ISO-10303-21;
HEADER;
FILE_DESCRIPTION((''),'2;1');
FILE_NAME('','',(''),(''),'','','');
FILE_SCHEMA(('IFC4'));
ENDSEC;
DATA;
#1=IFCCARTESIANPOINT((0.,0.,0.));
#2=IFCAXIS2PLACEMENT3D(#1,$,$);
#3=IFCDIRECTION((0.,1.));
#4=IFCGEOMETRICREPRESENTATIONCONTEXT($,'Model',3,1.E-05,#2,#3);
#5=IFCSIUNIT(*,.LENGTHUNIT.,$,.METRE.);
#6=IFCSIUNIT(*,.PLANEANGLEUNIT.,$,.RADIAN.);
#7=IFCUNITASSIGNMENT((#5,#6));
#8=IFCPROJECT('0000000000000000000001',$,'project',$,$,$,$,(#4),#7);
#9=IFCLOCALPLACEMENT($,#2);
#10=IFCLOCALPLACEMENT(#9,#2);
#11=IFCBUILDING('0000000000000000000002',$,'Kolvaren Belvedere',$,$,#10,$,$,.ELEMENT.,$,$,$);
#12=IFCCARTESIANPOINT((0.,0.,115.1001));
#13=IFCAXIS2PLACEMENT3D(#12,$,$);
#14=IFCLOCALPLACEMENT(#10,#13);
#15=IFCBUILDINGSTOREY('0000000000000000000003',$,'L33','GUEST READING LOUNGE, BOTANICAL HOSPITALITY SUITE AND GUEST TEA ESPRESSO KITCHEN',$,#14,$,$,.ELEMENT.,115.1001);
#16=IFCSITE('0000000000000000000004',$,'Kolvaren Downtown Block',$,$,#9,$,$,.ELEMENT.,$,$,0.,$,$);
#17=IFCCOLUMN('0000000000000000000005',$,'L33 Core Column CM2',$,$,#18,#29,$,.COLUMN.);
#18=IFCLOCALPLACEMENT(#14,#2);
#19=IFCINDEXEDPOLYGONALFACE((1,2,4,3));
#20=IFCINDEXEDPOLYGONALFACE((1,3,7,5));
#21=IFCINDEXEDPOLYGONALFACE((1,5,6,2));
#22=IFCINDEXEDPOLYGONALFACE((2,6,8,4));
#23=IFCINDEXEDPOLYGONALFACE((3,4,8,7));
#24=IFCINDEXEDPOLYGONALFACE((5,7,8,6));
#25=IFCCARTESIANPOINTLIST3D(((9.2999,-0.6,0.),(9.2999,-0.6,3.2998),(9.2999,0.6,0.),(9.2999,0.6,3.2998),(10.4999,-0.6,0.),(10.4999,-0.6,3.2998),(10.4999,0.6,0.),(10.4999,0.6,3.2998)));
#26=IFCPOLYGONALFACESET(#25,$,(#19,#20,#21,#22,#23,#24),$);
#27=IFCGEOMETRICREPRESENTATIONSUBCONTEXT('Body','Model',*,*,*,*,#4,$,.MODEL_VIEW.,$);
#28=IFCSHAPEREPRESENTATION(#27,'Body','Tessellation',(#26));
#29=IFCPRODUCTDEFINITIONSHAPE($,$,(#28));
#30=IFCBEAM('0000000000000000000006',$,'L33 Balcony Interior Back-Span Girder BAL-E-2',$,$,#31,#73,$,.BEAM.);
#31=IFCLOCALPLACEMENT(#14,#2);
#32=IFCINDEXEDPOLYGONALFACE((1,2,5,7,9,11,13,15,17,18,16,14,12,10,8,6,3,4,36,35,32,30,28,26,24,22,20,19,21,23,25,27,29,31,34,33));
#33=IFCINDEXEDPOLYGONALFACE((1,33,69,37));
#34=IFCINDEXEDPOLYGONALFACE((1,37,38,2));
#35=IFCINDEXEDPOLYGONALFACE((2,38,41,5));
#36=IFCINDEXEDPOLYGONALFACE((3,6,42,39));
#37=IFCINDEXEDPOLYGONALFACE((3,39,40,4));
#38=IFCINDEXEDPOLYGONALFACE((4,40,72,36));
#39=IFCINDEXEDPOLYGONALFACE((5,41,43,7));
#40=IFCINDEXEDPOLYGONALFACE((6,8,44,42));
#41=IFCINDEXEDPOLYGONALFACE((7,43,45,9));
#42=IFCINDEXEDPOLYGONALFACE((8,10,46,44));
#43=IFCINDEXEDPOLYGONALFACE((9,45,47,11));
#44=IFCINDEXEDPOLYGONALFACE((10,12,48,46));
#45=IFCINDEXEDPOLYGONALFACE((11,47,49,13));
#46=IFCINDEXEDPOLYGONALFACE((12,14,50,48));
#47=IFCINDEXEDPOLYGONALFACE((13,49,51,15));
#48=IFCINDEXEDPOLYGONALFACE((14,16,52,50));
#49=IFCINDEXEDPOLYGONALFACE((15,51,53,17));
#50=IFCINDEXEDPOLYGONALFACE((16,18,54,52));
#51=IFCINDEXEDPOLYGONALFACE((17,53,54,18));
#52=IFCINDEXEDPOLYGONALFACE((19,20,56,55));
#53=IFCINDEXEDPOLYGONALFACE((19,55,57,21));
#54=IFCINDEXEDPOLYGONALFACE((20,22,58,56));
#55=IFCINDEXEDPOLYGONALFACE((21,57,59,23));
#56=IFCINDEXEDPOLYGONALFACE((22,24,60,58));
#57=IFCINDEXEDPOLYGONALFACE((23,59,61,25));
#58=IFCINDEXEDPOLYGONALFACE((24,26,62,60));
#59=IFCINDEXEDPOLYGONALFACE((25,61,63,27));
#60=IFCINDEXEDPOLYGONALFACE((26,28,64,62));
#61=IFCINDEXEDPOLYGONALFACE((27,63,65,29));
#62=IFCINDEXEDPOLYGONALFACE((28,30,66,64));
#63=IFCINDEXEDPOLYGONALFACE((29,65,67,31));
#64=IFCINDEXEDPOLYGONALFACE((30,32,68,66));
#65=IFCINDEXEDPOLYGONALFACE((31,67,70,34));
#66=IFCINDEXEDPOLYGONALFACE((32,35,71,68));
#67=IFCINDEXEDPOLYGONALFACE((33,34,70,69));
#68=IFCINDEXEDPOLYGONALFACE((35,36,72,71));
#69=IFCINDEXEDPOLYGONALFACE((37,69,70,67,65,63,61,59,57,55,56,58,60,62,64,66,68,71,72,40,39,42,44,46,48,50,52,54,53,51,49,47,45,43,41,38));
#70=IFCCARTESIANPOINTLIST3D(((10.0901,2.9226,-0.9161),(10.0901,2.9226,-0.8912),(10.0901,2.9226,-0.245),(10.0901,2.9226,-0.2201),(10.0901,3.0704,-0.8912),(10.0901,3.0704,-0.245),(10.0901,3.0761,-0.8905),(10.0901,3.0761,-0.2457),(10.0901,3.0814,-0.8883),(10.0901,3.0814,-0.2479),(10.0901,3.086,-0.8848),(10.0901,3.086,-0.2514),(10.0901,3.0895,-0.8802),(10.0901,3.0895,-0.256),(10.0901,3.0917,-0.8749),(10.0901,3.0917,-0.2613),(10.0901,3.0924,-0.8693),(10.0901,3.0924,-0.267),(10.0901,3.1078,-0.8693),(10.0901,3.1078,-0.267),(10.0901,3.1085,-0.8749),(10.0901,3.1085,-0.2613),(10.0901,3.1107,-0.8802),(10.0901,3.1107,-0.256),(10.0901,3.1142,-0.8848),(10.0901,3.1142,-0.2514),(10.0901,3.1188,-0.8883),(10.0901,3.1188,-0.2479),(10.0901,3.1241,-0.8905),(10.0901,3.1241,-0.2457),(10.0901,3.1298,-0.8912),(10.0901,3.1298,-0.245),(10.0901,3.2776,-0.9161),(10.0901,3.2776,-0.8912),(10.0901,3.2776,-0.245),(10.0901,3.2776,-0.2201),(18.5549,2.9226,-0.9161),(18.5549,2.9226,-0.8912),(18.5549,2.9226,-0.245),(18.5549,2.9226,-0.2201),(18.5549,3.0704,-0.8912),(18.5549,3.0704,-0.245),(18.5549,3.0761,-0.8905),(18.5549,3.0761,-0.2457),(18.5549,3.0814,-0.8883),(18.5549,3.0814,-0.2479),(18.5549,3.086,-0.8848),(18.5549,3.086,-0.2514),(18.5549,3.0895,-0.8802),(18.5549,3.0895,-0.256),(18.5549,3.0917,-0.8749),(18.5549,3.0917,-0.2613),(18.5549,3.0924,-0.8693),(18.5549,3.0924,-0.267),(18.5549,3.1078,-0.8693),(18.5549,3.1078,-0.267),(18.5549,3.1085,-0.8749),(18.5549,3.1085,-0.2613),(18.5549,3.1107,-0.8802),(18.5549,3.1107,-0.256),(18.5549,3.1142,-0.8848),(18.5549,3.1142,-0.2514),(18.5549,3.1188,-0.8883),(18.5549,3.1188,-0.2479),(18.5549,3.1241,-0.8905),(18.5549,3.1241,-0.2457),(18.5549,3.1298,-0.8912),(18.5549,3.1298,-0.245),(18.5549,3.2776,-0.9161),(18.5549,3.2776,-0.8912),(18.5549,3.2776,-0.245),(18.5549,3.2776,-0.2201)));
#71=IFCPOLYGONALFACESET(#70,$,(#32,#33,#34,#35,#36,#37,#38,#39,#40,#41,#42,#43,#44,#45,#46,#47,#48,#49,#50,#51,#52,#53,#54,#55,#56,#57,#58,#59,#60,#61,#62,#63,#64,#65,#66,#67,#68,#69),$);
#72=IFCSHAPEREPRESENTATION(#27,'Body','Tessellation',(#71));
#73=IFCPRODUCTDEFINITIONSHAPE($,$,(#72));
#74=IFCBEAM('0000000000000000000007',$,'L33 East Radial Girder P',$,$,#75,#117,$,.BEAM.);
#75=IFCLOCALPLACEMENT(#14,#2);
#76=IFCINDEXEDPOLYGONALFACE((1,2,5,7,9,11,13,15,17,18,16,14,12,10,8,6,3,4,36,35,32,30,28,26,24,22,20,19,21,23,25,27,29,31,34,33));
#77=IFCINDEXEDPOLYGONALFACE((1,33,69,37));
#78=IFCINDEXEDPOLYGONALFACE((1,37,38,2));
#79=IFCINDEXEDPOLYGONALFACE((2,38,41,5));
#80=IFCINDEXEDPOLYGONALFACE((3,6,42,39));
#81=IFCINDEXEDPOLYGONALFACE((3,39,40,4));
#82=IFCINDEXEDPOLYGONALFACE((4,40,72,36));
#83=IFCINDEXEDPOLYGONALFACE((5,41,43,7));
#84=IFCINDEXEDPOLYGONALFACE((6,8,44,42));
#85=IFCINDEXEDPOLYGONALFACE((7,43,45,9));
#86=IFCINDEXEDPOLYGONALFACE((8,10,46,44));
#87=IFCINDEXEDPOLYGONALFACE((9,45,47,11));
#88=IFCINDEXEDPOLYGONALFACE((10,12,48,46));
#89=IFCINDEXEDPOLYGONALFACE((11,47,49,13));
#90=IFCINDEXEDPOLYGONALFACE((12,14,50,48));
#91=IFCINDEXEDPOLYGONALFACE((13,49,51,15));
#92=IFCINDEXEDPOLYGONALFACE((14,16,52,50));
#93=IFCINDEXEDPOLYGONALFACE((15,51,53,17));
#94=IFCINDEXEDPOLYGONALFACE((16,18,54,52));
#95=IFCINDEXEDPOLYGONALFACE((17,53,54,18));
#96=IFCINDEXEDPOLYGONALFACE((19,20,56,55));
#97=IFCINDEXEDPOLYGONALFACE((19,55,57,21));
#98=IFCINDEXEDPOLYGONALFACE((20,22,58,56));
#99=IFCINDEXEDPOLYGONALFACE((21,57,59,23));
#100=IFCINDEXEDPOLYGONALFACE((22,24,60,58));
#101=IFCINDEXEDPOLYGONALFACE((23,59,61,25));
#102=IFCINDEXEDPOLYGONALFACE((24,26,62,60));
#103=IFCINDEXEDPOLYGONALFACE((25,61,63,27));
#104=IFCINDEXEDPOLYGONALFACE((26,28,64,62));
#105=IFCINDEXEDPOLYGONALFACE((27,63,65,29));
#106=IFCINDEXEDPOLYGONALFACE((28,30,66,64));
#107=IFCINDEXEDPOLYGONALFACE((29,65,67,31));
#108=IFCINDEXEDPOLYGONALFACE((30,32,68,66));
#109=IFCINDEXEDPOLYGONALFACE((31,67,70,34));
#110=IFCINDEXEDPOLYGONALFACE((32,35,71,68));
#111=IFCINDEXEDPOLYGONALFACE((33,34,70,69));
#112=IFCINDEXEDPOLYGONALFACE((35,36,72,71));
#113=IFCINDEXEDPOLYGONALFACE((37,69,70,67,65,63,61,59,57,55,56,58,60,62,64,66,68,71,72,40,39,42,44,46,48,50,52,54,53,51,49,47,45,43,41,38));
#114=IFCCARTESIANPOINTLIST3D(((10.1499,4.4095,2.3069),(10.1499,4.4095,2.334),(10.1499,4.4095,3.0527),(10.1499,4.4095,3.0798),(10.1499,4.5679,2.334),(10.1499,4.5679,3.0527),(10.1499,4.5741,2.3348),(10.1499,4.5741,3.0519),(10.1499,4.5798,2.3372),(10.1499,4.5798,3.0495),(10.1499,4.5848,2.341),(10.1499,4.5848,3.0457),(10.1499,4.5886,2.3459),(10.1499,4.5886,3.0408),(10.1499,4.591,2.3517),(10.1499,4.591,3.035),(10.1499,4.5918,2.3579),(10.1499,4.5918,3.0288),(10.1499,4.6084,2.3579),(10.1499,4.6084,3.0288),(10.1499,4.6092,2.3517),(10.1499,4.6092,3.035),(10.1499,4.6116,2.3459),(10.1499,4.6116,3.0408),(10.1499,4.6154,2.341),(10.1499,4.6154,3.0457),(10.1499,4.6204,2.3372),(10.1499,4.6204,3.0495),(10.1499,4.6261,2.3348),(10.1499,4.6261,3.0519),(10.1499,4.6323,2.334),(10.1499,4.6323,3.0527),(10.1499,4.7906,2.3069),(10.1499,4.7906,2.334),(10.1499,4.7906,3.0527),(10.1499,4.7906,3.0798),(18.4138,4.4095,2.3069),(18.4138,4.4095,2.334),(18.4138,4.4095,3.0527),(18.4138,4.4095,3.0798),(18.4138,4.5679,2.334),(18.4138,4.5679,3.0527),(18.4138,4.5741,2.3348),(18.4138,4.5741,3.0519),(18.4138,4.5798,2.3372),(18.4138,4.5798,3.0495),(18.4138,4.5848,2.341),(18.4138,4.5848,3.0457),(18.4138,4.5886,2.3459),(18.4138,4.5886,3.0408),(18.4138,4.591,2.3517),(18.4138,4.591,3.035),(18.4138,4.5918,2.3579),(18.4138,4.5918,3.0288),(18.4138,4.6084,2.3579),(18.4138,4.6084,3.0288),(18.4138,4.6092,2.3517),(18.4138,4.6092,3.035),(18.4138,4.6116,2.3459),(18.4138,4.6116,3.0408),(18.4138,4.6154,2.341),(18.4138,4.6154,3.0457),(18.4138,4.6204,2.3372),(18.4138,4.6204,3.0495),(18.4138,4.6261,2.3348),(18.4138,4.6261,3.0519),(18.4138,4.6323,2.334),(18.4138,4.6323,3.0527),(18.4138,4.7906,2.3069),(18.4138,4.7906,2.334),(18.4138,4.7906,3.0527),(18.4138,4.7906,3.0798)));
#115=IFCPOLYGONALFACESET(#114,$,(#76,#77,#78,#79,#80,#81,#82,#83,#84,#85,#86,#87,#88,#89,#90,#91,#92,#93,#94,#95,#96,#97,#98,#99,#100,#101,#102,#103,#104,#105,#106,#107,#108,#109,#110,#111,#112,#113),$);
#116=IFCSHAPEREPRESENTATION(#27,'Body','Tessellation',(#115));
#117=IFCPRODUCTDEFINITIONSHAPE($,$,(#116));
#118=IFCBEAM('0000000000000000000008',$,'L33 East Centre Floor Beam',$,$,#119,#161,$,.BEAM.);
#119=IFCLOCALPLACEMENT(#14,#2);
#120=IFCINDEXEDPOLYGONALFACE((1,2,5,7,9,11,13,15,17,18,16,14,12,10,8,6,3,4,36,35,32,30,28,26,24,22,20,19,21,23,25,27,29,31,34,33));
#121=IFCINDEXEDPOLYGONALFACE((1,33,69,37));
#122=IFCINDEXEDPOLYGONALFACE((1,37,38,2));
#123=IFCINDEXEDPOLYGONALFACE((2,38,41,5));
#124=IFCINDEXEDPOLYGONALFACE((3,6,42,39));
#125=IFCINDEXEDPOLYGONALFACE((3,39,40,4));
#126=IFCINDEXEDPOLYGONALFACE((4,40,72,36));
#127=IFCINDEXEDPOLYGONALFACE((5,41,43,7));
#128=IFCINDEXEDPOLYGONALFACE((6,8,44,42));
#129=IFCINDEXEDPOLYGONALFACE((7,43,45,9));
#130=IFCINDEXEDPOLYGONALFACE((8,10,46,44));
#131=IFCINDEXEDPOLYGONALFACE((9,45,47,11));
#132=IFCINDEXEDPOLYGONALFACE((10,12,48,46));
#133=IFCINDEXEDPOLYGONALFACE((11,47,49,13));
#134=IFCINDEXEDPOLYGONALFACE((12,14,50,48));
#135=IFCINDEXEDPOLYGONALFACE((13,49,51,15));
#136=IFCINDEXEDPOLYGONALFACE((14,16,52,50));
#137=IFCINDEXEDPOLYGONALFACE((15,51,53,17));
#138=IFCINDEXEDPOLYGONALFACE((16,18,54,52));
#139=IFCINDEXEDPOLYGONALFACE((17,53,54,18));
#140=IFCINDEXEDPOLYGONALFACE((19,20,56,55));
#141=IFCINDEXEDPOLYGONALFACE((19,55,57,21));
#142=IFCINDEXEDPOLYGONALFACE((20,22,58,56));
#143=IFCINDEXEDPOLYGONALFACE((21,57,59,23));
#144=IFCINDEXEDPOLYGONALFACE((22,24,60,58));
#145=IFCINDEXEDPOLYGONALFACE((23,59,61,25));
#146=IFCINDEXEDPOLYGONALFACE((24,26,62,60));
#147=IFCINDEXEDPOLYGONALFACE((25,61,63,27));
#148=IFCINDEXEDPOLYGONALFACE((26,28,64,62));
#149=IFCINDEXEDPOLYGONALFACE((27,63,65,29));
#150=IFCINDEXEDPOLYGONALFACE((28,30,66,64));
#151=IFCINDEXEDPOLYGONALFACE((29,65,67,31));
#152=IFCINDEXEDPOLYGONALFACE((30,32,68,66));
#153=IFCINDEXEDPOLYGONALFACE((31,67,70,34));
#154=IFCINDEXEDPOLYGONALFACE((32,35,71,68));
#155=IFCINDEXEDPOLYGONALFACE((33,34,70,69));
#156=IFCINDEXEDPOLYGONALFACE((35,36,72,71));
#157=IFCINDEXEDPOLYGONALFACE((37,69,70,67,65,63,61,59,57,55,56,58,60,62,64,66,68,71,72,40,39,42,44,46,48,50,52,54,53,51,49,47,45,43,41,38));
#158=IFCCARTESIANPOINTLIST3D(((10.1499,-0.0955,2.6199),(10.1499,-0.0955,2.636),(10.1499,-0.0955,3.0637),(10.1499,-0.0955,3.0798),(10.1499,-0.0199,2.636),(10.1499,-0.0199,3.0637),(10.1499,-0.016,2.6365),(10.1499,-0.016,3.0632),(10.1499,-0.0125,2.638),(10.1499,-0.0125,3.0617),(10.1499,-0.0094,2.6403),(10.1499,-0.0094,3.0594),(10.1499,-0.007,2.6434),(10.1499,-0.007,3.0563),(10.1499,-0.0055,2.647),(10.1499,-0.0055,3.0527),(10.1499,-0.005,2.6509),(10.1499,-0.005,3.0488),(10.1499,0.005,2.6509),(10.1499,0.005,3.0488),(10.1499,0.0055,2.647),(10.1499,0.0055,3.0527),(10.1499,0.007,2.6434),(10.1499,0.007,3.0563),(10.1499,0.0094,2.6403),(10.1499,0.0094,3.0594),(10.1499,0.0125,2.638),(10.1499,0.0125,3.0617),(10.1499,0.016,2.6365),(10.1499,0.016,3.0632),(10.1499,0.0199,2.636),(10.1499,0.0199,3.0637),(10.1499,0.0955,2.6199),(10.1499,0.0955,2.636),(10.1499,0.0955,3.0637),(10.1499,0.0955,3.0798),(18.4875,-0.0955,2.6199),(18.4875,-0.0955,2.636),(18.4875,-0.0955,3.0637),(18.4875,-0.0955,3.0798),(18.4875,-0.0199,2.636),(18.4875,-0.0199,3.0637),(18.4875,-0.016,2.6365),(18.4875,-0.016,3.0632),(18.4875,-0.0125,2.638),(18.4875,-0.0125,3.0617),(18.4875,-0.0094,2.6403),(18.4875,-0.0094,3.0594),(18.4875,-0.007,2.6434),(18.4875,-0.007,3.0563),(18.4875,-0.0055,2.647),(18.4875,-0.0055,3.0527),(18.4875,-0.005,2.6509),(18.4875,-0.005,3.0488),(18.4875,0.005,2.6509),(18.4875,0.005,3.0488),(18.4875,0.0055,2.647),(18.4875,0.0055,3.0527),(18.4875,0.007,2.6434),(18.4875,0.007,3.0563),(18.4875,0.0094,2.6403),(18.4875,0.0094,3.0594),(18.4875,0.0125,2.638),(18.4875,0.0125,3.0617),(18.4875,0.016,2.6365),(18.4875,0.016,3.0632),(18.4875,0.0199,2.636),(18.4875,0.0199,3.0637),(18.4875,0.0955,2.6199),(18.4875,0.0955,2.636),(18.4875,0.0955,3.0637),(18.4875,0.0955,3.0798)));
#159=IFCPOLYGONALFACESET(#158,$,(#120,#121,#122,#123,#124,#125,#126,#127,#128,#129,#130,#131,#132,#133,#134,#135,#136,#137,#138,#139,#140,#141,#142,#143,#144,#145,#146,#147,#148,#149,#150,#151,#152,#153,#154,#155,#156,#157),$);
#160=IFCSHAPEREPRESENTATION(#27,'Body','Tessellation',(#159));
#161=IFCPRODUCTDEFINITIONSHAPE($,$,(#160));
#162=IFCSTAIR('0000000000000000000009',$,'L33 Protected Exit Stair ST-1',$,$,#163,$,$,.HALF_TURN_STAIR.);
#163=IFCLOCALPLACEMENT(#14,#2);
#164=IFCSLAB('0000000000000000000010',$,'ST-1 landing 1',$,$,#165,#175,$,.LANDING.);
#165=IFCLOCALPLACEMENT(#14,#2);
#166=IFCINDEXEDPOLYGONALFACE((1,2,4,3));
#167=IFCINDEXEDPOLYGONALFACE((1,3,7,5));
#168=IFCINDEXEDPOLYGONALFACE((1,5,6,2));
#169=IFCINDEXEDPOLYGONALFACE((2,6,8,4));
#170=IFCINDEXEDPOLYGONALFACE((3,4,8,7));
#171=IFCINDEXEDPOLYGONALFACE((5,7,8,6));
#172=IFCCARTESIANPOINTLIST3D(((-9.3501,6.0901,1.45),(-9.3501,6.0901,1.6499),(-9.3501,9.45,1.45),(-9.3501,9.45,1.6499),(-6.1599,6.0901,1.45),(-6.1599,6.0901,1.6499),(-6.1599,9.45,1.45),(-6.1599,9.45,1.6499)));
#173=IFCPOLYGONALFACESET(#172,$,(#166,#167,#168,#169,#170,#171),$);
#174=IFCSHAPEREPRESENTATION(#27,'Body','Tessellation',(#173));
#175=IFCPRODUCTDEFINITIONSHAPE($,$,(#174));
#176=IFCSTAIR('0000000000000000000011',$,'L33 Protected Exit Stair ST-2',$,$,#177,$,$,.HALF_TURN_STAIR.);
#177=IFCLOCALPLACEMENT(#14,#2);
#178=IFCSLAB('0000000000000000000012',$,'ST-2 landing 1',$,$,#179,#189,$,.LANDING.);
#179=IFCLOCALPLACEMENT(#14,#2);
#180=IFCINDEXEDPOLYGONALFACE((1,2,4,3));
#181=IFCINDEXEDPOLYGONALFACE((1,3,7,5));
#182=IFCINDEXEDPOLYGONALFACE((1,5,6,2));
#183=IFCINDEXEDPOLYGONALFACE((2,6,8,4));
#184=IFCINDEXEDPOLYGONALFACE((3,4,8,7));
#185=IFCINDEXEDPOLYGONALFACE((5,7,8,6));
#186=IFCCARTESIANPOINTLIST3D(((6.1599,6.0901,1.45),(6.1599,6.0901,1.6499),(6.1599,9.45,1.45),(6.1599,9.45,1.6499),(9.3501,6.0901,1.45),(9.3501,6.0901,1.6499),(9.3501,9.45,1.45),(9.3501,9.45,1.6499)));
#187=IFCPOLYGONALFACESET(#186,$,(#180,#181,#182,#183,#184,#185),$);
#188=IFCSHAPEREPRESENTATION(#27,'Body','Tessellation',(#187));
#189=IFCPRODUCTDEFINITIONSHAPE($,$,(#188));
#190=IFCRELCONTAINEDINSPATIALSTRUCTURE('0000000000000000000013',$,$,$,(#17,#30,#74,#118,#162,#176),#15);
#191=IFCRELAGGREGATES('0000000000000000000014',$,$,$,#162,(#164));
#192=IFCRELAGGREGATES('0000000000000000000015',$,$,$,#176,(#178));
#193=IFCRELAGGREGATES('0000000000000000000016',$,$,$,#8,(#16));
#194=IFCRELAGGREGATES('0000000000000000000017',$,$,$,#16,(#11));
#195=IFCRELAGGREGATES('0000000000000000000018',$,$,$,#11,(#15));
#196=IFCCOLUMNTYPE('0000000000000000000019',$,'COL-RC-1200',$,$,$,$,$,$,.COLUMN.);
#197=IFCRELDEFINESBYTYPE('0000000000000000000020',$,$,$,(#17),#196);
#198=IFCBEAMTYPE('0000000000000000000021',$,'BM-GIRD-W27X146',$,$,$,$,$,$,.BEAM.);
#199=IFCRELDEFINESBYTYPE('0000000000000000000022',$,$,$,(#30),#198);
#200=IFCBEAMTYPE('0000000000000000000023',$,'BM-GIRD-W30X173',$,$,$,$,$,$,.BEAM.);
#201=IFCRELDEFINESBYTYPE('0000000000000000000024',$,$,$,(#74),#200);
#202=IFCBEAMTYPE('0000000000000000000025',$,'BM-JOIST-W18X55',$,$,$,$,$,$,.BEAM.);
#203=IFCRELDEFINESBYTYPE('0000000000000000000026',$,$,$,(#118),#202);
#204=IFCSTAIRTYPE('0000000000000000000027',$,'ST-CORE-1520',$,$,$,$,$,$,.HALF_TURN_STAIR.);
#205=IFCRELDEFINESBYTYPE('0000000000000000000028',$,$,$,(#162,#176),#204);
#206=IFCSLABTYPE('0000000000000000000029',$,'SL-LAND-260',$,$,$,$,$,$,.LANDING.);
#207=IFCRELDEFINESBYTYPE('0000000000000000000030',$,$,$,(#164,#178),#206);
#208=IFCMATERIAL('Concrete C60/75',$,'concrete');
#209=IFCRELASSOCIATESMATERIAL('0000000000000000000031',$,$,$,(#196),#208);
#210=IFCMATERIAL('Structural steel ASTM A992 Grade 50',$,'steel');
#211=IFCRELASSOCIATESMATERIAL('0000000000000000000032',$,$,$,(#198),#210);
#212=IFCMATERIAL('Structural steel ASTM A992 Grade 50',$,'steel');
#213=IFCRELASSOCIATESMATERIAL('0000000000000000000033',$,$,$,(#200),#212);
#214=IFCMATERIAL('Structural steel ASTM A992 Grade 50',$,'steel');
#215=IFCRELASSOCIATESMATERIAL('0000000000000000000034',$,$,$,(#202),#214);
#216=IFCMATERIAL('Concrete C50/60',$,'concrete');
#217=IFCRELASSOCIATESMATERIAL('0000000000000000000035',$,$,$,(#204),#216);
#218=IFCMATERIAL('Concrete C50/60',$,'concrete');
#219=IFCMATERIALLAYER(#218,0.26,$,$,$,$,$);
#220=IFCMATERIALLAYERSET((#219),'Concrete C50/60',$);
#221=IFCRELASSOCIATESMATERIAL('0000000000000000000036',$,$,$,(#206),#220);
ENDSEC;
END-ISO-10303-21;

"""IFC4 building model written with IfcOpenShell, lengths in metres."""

from ifc_helpers import new_model, si_unit, direction, frame, origin, origin_2d, place, context, subcontext, project, spatial, polyline, rectangle, i_section, outline, extrude, material, layer, layer_set, material_profile, profile_set, type_object, element, aggregate, save


model = new_model("IFC4")

# Units and contexts
model_context = context("Model", 3, precision=1e-05, world=origin(), true_north=direction((0.0, 1.0)))
body_context = subcontext(model_context, "Body", "Model", "MODEL_VIEW")
ifc_project = project(units=[si_unit("LENGTHUNIT", "METRE"), si_unit("PLANEANGLEUNIT", "RADIAN")], contexts=[model_context])

# Site, building, storey
site_placement = place(None, origin())
site = spatial("IfcSite", under=ifc_project, at=site_placement, Name="Kolvaren Downtown Block", CompositionType="ELEMENT", RefElevation=0.0)
building_placement = place(site_placement, origin())
building = spatial("IfcBuilding", under=site, at=building_placement, Name="Kolvaren Belvedere", CompositionType="ELEMENT")
storey_placement = place(building_placement, frame((0.0, 0.0, 115.1001)))
storey = spatial("IfcBuildingStorey", under=building, at=storey_placement, Name="L33", Description="GUEST READING LOUNGE, BOTANICAL HOSPITALITY SUITE AND GUEST TEA ESPRESSO KITCHEN", CompositionType="ELEMENT", Elevation=115.1001)

# Column
ifc_material_1 = material(Name="Concrete C60/75", Category="concrete")
ifc_material_profile_1 = material_profile(ifc_material_1, rectangle(XDim=1.2, YDim=1.2, at=origin_2d()), Name="RC 1200X1200")
ifc_profile_set_1 = profile_set([ifc_material_profile_1], Name="Concrete C60/75")
column_type = type_object("IfcColumnType", Name="COL-RC-1200", PredefinedType="COLUMN", material=ifc_profile_set_1)
column_placement = place(storey_placement, frame((9.8999, 0.0, 0.0), z_axis=(0.0, 0.0, 1.0), x_axis=(1.0, 0.0, 0.0)))
element("IfcColumn", 1, at=column_placement, inside=storey, type_object=column_type, Name="L33 Core Column CM2", PredefinedType="COLUMN", context=body_context, shape_type="SweptSolid", body=[
    extrude(rectangle(XDim=1.2, YDim=1.2, at=origin_2d()), origin(), (0.0, 0.0, 1.0), 3.2998),
])

# Beams
ifc_material_2 = material(Name="Structural steel ASTM A992 Grade 50", Category="steel")
ifc_material_profile_2 = material_profile(ifc_material_2, i_section(OverallWidth=0.355, OverallDepth=0.696, WebThickness=0.0154, FlangeThickness=0.0249, FilletRadius=0.022, at=origin_2d()), Name="W27X146")
ifc_profile_set_2 = profile_set([ifc_material_profile_2], Name="Structural steel ASTM A992 Grade 50")
beam_type_1 = type_object("IfcBeamType", Name="BM-GIRD-W27X146", PredefinedType="BEAM", material=ifc_profile_set_2)
beam_1_placement = place(storey_placement, frame((10.0901, 3.1001, -0.5681), z_axis=(1.0, 0.0, 0.0), x_axis=(0.0, 1.0, 0.0)))
element("IfcBeam", 2, at=beam_1_placement, inside=storey, type_object=beam_type_1, Name="L33 Balcony Interior Back-Span Girder BAL-E-2", PredefinedType="BEAM", context=body_context, shape_type="SweptSolid", body=[
    extrude(i_section(OverallWidth=0.355, OverallDepth=0.696, WebThickness=0.0154, FlangeThickness=0.0249, FilletRadius=0.022, at=origin_2d()), origin(), (0.0, 0.0, 1.0), 8.4648),
])
ifc_material_3 = material(Name="Structural steel ASTM A992 Grade 50", Category="steel")
ifc_material_profile_3 = material_profile(ifc_material_3, i_section(OverallWidth=0.3811, OverallDepth=0.7729, WebThickness=0.0166, FlangeThickness=0.0271, FilletRadius=0.0239, at=origin_2d()), Name="W30X173")
ifc_profile_set_3 = profile_set([ifc_material_profile_3], Name="Structural steel ASTM A992 Grade 50")
beam_type_2 = type_object("IfcBeamType", Name="BM-GIRD-W30X173", PredefinedType="BEAM", material=ifc_profile_set_3)
beam_2_placement = place(storey_placement, frame((10.1499, 4.6001, 2.6934), z_axis=(1.0, 0.0, 0.0), x_axis=(0.0, 1.0, 0.0)))
element("IfcBeam", 3, at=beam_2_placement, inside=storey, type_object=beam_type_2, Name="L33 East Radial Girder P", PredefinedType="BEAM", context=body_context, shape_type="SweptSolid", body=[
    extrude(i_section(OverallWidth=0.3811, OverallDepth=0.7729, WebThickness=0.0166, FlangeThickness=0.0271, FilletRadius=0.0239, at=origin_2d()), origin(), (0.0, 0.0, 1.0), 8.2639),
])
ifc_material_4 = material(Name="Structural steel ASTM A992 Grade 50", Category="steel")
ifc_material_profile_4 = material_profile(ifc_material_4, i_section(OverallWidth=0.1909, OverallDepth=0.46, WebThickness=0.01, FlangeThickness=0.0161, FilletRadius=0.0149, at=origin_2d()), Name="W18X55")
ifc_profile_set_4 = profile_set([ifc_material_profile_4], Name="Structural steel ASTM A992 Grade 50")
beam_type_3 = type_object("IfcBeamType", Name="BM-JOIST-W18X55", PredefinedType="BEAM", material=ifc_profile_set_4)
beam_3_placement = place(storey_placement, frame((10.1499, 0.0, 2.8499), z_axis=(1.0, 0.0, 0.0), x_axis=(0.0, 1.0, 0.0)))
element("IfcBeam", 4, at=beam_3_placement, inside=storey, type_object=beam_type_3, Name="L33 East Centre Floor Beam", PredefinedType="BEAM", context=body_context, shape_type="SweptSolid", body=[
    extrude(i_section(OverallWidth=0.1909, OverallDepth=0.46, WebThickness=0.01, FlangeThickness=0.0161, FilletRadius=0.0149, at=origin_2d()), origin(), (0.0, 0.0, 1.0), 8.3376),
])

# Stairs, slabs
ifc_material_5 = material(Name="Concrete C50/60", Category="concrete")
stair_type = type_object("IfcStairType", Name="ST-CORE-1520", PredefinedType="HALF_TURN_STAIR", material=ifc_material_5)
stair_1_placement = place(storey_placement, origin())
stair_1 = element("IfcStair", 5, at=stair_1_placement, inside=storey, type_object=stair_type, Name="L33 Protected Exit Stair ST-1", PredefinedType="HALF_TURN_STAIR")
ifc_material_6 = material(Name="Concrete C50/60", Category="concrete")
ifc_layer_1 = layer(ifc_material_6, 0.26)
ifc_layer_set_1 = layer_set([ifc_layer_1], Name="Concrete C50/60")
slab_type = type_object("IfcSlabType", Name="SL-LAND-260", PredefinedType="LANDING", material=ifc_layer_set_1)
slab_1_placement = place(storey_placement, frame((0.0, 0.0, 1.45)))
slab_1 = element("IfcSlab", 6, at=slab_1_placement, type_object=slab_type, Name="ST-1 landing 1", PredefinedType="LANDING", context=body_context, shape_type="SweptSolid", body=[
    extrude(outline(polyline([(-6.1599, 6.0901), (-6.1599, 9.45), (-9.3501, 9.45), (-9.3501, 6.0901), (-6.1599, 6.0901)])), origin(), (0.0, 0.0, 1.0), 0.2),
])
aggregate(stair_1, [slab_1])
stair_2_placement = place(storey_placement, origin())
stair_2 = element("IfcStair", 7, at=stair_2_placement, inside=storey, type_object=stair_type, Name="L33 Protected Exit Stair ST-2", PredefinedType="HALF_TURN_STAIR")
slab_2_placement = place(storey_placement, frame((0.0, 0.0, 1.45)))
slab_2 = element("IfcSlab", 8, at=slab_2_placement, type_object=slab_type, Name="ST-2 landing 1", PredefinedType="LANDING", context=body_context, shape_type="SweptSolid", body=[
    extrude(outline(polyline([(9.3501, 6.0901), (9.3501, 9.45), (6.1599, 9.45), (6.1599, 6.0901), (9.3501, 6.0901)])), origin(), (0.0, 0.0, 1.0), 0.2),
])

aggregate(stair_2, [slab_2])

save(model, "model.ifc")
